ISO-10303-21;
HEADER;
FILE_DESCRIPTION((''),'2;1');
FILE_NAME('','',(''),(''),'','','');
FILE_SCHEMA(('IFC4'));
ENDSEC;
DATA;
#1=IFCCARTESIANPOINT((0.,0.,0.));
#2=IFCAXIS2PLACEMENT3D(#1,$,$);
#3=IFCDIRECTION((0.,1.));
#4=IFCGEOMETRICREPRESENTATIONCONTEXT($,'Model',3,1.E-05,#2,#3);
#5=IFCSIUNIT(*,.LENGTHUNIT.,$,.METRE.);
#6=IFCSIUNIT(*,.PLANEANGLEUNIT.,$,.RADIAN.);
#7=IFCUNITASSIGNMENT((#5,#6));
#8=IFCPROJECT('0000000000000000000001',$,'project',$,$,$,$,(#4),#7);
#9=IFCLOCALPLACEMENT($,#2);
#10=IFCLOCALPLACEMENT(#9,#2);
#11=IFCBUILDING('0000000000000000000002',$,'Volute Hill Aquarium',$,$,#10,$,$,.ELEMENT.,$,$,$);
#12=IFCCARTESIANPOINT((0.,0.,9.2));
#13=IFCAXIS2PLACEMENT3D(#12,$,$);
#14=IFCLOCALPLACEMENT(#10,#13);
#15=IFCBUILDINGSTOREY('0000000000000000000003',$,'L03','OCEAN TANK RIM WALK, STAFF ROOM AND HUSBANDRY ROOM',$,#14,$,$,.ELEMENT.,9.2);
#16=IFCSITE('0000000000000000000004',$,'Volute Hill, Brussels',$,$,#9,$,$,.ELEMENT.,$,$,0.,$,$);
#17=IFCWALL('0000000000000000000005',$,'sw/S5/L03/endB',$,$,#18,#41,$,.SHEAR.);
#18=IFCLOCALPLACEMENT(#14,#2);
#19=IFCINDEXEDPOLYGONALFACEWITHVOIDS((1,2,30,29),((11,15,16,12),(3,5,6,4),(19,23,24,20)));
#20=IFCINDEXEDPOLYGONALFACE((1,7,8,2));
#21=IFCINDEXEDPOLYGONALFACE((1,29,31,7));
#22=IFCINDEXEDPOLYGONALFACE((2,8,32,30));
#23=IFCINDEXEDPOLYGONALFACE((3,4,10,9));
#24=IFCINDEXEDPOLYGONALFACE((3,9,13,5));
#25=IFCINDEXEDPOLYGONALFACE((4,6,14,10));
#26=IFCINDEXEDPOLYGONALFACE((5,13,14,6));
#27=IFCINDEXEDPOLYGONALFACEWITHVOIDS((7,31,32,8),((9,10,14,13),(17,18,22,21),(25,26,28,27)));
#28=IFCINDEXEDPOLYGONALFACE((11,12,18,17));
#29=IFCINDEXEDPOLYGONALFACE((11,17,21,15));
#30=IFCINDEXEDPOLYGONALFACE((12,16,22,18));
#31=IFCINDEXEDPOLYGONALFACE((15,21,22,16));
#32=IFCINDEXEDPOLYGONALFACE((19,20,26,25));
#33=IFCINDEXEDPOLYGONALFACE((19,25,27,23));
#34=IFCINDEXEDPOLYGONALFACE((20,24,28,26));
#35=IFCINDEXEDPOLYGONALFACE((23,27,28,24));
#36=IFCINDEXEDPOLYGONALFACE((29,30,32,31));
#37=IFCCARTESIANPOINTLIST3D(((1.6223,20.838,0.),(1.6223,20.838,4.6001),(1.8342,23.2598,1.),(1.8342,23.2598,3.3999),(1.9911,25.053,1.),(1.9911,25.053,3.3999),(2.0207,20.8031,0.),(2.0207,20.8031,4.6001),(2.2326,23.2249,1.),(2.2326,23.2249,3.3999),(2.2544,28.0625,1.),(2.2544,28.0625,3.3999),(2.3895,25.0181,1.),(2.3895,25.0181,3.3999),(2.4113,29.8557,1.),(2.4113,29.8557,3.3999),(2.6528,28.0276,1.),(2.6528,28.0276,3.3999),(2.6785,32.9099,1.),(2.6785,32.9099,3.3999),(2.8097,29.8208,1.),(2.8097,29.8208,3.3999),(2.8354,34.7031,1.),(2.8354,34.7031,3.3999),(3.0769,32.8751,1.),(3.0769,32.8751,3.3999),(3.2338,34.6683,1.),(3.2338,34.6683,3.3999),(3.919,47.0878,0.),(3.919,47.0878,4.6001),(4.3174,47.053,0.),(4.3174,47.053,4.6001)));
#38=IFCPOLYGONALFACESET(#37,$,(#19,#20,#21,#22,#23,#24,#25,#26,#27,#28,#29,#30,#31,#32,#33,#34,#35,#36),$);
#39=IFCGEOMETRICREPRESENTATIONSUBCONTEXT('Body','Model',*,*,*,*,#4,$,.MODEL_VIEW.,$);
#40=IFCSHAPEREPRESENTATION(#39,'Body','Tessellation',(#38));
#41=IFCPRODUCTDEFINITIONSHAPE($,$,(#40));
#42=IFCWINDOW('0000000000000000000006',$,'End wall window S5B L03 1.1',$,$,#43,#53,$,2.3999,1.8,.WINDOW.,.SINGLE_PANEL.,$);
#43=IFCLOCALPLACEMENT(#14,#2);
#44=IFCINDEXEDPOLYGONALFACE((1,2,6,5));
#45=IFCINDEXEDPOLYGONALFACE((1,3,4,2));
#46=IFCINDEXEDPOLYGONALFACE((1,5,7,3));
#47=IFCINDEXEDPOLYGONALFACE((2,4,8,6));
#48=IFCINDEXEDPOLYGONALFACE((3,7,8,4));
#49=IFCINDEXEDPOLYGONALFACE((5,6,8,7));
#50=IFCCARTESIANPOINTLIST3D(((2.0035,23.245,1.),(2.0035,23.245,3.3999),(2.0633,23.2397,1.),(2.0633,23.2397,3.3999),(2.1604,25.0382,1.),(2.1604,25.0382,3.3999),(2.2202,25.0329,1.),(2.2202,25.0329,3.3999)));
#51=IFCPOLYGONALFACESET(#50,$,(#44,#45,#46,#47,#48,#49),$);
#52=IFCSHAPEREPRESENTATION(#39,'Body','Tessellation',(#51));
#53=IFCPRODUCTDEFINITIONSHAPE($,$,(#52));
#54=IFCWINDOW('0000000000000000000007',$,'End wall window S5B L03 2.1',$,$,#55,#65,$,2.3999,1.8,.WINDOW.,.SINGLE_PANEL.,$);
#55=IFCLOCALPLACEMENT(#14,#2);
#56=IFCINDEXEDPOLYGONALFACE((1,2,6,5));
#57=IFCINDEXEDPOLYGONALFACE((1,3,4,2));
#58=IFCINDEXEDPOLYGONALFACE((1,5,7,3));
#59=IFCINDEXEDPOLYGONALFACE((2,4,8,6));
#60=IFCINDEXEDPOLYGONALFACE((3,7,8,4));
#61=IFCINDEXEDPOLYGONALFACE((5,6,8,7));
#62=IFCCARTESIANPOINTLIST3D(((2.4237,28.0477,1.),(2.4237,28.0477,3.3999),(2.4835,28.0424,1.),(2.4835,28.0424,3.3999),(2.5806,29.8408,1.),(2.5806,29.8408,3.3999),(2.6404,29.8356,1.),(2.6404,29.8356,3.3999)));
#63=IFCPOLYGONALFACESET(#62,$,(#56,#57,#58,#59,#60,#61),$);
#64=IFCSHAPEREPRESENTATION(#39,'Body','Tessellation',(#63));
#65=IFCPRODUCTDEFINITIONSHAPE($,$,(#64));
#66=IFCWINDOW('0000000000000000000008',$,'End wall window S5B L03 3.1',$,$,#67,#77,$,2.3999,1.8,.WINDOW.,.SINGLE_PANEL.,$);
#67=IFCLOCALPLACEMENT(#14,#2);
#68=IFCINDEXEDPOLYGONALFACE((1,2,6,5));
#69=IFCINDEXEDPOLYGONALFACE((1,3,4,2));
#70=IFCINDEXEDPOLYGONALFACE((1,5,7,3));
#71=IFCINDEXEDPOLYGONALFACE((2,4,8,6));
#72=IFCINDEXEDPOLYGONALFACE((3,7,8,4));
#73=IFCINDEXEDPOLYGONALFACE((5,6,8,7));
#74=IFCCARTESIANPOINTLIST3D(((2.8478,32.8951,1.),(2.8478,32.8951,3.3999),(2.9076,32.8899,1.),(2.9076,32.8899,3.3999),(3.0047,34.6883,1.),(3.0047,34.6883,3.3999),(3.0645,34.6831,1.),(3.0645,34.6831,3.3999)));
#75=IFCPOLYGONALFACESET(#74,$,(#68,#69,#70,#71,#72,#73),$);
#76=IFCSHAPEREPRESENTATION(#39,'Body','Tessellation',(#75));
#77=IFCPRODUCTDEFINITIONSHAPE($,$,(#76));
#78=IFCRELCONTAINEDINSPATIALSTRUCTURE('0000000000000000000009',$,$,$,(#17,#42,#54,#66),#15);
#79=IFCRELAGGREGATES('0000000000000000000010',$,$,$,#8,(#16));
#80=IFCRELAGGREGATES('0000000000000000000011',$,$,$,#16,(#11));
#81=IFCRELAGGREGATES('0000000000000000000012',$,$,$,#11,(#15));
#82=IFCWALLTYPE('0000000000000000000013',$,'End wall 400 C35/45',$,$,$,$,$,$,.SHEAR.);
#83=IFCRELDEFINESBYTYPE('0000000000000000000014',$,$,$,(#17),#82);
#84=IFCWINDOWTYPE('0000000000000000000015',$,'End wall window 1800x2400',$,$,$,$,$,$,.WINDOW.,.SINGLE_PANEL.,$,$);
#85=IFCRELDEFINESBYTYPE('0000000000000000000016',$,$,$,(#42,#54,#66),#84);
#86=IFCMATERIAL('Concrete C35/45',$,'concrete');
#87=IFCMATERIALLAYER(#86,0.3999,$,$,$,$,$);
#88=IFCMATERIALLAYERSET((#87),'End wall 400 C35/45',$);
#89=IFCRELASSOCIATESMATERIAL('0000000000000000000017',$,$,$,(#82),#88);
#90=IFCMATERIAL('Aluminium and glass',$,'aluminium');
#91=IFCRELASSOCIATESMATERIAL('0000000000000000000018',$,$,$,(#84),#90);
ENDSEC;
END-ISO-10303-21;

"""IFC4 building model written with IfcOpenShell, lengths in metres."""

from ifc_helpers import new_model, si_unit, direction, frame, frame_2d, origin, place, context, subcontext, project, spatial, rectangle, extrude, material, layer, layer_set, type_object, element, fill, save


model = new_model("IFC4")

# Units and contexts
model_context = context("Model", 3, precision=1e-05, world=origin(), true_north=direction((0.0, 1.0)))
body_context = subcontext(model_context, "Body", "Model", "MODEL_VIEW")
ifc_project = project(units=[si_unit("LENGTHUNIT", "METRE"), si_unit("PLANEANGLEUNIT", "RADIAN")], contexts=[model_context])

# Site, building, storey
site_placement = place(None, origin())
site = spatial("IfcSite", under=ifc_project, at=site_placement, Name="Volute Hill, Brussels", CompositionType="ELEMENT", RefElevation=0.0)
building_placement = place(site_placement, origin())
building = spatial("IfcBuilding", under=site, at=building_placement, Name="Volute Hill Aquarium", CompositionType="ELEMENT")
storey_placement = place(building_placement, frame((0.0, 0.0, 9.2)))
storey = spatial("IfcBuildingStorey", under=building, at=storey_placement, Name="L03", Description="OCEAN TANK RIM WALK, STAFF ROOM AND HUSBANDRY ROOM", CompositionType="ELEMENT", Elevation=9.2)

# Wall, openings, windows
ifc_material_1 = material(Name="Concrete C35/45", Category="concrete")
ifc_layer_1 = layer(ifc_material_1, 0.3999)
ifc_layer_set_1 = layer_set([ifc_layer_1], Name="End wall 400 C35/45")
wall_type_1 = type_object("IfcWallType", Name="End wall 400 C35/45", PredefinedType="SHEAR", material=ifc_layer_set_1)
wall_1_placement = place(storey_placement, frame((1.8215, 20.8206, 0.0), z_axis=(0.0, 0.0, 1.0), x_axis=(0.087159, 0.996194, 0.0)))
wall_1 = element("IfcWall", 1, at=wall_1_placement, inside=storey, type_object=wall_type_1, Name="sw/S5/L03/endB", PredefinedType="SHEAR", context=body_context, shape_type="SweptSolid", body=[
    extrude(rectangle(XDim=26.3501, YDim=0.3999, at=frame_2d((13.175, 0.0))), origin(), (0.0, 0.0, 1.0), 4.6001),
])
opening_1_placement = place(wall_1_placement, frame((2.4312, 0.0, 1.0)))
opening_1 = element("IfcOpeningElement", 2, at=opening_1_placement, cuts=wall_1, PredefinedType="OPENING", context=body_context, shape_type="SweptSolid", body=[
    extrude(rectangle(XDim=1.8, YDim=2.3999, at=frame_2d((0.8999, 1.2))), frame((0.0, 0.21, 0.0), z_axis=(0.0, -1.0, 0.0), x_axis=(1.0, 0.0, 0.0)), (0.0, 0.0, 1.0), 0.4199),
])
opening_2_placement = place(wall_1_placement, frame((7.2522, 0.0, 1.0)))
opening_2 = element("IfcOpeningElement", 3, at=opening_2_placement, cuts=wall_1, PredefinedType="OPENING", context=body_context, shape_type="SweptSolid", body=[
    extrude(rectangle(XDim=1.8, YDim=2.3999, at=frame_2d((0.8999, 1.2))), frame((0.0, 0.21, 0.0), z_axis=(0.0, -1.0, 0.0), x_axis=(1.0, 0.0, 0.0)), (0.0, 0.0, 1.0), 0.4199),
])
opening_3_placement = place(wall_1_placement, frame((12.1182, 0.0, 1.0)))
opening_3 = element("IfcOpeningElement", 4, at=opening_3_placement, cuts=wall_1, PredefinedType="OPENING", context=body_context, shape_type="SweptSolid", body=[
    extrude(rectangle(XDim=1.8, YDim=2.3999, at=frame_2d((0.8999, 1.2))), frame((0.0, 0.21, 0.0), z_axis=(0.0, -1.0, 0.0), x_axis=(1.0, 0.0, 0.0)), (0.0, 0.0, 1.0), 0.4199),
])
ifc_material_2 = material(Name="Aluminium and glass", Category="aluminium")
window_type_1 = type_object("IfcWindowType", Name="End wall window 1800x2400", PartitioningType="SINGLE_PANEL", PredefinedType="WINDOW", material=ifc_material_2)
window_1_placement = place(opening_1_placement, origin())
window_1 = element("IfcWindow", 5, at=window_1_placement, inside=storey, type_object=window_type_1, Name="End wall window S5B L03 1.1", OverallHeight=2.3999, OverallWidth=1.8, PartitioningType="SINGLE_PANEL", PredefinedType="WINDOW", context=body_context, shape_type="SweptSolid", body=[
    extrude(rectangle(XDim=1.8, YDim=2.3999, at=frame_2d((0.8999, 1.2))), frame((0.0, 0.03, 0.0), z_axis=(0.0, -1.0, 0.0), x_axis=(1.0, 0.0, 0.0)), (0.0, 0.0, 1.0), 0.0601),
])
fill(opening_1, window_1)
window_2_placement = place(opening_2_placement, origin())
window_2 = element("IfcWindow", 6, at=window_2_placement, inside=storey, type_object=window_type_1, Name="End wall window S5B L03 2.1", OverallHeight=2.3999, OverallWidth=1.8, PartitioningType="SINGLE_PANEL", PredefinedType="WINDOW", context=body_context, shape_type="SweptSolid", body=[
    extrude(rectangle(XDim=1.8, YDim=2.3999, at=frame_2d((0.8999, 1.2))), frame((0.0, 0.03, 0.0), z_axis=(0.0, -1.0, 0.0), x_axis=(1.0, 0.0, 0.0)), (0.0, 0.0, 1.0), 0.0601),
])
fill(opening_2, window_2)
window_3_placement = place(opening_3_placement, origin())
window_3 = element("IfcWindow", 7, at=window_3_placement, inside=storey, type_object=window_type_1, Name="End wall window S5B L03 3.1", OverallHeight=2.3999, OverallWidth=1.8, PartitioningType="SINGLE_PANEL", PredefinedType="WINDOW", context=body_context, shape_type="SweptSolid", body=[
    extrude(rectangle(XDim=1.8, YDim=2.3999, at=frame_2d((0.8999, 1.2))), frame((0.0, 0.03, 0.0), z_axis=(0.0, -1.0, 0.0), x_axis=(1.0, 0.0, 0.0)), (0.0, 0.0, 1.0), 0.0601),
])
fill(opening_3, window_3)

save(model, "model.ifc")
